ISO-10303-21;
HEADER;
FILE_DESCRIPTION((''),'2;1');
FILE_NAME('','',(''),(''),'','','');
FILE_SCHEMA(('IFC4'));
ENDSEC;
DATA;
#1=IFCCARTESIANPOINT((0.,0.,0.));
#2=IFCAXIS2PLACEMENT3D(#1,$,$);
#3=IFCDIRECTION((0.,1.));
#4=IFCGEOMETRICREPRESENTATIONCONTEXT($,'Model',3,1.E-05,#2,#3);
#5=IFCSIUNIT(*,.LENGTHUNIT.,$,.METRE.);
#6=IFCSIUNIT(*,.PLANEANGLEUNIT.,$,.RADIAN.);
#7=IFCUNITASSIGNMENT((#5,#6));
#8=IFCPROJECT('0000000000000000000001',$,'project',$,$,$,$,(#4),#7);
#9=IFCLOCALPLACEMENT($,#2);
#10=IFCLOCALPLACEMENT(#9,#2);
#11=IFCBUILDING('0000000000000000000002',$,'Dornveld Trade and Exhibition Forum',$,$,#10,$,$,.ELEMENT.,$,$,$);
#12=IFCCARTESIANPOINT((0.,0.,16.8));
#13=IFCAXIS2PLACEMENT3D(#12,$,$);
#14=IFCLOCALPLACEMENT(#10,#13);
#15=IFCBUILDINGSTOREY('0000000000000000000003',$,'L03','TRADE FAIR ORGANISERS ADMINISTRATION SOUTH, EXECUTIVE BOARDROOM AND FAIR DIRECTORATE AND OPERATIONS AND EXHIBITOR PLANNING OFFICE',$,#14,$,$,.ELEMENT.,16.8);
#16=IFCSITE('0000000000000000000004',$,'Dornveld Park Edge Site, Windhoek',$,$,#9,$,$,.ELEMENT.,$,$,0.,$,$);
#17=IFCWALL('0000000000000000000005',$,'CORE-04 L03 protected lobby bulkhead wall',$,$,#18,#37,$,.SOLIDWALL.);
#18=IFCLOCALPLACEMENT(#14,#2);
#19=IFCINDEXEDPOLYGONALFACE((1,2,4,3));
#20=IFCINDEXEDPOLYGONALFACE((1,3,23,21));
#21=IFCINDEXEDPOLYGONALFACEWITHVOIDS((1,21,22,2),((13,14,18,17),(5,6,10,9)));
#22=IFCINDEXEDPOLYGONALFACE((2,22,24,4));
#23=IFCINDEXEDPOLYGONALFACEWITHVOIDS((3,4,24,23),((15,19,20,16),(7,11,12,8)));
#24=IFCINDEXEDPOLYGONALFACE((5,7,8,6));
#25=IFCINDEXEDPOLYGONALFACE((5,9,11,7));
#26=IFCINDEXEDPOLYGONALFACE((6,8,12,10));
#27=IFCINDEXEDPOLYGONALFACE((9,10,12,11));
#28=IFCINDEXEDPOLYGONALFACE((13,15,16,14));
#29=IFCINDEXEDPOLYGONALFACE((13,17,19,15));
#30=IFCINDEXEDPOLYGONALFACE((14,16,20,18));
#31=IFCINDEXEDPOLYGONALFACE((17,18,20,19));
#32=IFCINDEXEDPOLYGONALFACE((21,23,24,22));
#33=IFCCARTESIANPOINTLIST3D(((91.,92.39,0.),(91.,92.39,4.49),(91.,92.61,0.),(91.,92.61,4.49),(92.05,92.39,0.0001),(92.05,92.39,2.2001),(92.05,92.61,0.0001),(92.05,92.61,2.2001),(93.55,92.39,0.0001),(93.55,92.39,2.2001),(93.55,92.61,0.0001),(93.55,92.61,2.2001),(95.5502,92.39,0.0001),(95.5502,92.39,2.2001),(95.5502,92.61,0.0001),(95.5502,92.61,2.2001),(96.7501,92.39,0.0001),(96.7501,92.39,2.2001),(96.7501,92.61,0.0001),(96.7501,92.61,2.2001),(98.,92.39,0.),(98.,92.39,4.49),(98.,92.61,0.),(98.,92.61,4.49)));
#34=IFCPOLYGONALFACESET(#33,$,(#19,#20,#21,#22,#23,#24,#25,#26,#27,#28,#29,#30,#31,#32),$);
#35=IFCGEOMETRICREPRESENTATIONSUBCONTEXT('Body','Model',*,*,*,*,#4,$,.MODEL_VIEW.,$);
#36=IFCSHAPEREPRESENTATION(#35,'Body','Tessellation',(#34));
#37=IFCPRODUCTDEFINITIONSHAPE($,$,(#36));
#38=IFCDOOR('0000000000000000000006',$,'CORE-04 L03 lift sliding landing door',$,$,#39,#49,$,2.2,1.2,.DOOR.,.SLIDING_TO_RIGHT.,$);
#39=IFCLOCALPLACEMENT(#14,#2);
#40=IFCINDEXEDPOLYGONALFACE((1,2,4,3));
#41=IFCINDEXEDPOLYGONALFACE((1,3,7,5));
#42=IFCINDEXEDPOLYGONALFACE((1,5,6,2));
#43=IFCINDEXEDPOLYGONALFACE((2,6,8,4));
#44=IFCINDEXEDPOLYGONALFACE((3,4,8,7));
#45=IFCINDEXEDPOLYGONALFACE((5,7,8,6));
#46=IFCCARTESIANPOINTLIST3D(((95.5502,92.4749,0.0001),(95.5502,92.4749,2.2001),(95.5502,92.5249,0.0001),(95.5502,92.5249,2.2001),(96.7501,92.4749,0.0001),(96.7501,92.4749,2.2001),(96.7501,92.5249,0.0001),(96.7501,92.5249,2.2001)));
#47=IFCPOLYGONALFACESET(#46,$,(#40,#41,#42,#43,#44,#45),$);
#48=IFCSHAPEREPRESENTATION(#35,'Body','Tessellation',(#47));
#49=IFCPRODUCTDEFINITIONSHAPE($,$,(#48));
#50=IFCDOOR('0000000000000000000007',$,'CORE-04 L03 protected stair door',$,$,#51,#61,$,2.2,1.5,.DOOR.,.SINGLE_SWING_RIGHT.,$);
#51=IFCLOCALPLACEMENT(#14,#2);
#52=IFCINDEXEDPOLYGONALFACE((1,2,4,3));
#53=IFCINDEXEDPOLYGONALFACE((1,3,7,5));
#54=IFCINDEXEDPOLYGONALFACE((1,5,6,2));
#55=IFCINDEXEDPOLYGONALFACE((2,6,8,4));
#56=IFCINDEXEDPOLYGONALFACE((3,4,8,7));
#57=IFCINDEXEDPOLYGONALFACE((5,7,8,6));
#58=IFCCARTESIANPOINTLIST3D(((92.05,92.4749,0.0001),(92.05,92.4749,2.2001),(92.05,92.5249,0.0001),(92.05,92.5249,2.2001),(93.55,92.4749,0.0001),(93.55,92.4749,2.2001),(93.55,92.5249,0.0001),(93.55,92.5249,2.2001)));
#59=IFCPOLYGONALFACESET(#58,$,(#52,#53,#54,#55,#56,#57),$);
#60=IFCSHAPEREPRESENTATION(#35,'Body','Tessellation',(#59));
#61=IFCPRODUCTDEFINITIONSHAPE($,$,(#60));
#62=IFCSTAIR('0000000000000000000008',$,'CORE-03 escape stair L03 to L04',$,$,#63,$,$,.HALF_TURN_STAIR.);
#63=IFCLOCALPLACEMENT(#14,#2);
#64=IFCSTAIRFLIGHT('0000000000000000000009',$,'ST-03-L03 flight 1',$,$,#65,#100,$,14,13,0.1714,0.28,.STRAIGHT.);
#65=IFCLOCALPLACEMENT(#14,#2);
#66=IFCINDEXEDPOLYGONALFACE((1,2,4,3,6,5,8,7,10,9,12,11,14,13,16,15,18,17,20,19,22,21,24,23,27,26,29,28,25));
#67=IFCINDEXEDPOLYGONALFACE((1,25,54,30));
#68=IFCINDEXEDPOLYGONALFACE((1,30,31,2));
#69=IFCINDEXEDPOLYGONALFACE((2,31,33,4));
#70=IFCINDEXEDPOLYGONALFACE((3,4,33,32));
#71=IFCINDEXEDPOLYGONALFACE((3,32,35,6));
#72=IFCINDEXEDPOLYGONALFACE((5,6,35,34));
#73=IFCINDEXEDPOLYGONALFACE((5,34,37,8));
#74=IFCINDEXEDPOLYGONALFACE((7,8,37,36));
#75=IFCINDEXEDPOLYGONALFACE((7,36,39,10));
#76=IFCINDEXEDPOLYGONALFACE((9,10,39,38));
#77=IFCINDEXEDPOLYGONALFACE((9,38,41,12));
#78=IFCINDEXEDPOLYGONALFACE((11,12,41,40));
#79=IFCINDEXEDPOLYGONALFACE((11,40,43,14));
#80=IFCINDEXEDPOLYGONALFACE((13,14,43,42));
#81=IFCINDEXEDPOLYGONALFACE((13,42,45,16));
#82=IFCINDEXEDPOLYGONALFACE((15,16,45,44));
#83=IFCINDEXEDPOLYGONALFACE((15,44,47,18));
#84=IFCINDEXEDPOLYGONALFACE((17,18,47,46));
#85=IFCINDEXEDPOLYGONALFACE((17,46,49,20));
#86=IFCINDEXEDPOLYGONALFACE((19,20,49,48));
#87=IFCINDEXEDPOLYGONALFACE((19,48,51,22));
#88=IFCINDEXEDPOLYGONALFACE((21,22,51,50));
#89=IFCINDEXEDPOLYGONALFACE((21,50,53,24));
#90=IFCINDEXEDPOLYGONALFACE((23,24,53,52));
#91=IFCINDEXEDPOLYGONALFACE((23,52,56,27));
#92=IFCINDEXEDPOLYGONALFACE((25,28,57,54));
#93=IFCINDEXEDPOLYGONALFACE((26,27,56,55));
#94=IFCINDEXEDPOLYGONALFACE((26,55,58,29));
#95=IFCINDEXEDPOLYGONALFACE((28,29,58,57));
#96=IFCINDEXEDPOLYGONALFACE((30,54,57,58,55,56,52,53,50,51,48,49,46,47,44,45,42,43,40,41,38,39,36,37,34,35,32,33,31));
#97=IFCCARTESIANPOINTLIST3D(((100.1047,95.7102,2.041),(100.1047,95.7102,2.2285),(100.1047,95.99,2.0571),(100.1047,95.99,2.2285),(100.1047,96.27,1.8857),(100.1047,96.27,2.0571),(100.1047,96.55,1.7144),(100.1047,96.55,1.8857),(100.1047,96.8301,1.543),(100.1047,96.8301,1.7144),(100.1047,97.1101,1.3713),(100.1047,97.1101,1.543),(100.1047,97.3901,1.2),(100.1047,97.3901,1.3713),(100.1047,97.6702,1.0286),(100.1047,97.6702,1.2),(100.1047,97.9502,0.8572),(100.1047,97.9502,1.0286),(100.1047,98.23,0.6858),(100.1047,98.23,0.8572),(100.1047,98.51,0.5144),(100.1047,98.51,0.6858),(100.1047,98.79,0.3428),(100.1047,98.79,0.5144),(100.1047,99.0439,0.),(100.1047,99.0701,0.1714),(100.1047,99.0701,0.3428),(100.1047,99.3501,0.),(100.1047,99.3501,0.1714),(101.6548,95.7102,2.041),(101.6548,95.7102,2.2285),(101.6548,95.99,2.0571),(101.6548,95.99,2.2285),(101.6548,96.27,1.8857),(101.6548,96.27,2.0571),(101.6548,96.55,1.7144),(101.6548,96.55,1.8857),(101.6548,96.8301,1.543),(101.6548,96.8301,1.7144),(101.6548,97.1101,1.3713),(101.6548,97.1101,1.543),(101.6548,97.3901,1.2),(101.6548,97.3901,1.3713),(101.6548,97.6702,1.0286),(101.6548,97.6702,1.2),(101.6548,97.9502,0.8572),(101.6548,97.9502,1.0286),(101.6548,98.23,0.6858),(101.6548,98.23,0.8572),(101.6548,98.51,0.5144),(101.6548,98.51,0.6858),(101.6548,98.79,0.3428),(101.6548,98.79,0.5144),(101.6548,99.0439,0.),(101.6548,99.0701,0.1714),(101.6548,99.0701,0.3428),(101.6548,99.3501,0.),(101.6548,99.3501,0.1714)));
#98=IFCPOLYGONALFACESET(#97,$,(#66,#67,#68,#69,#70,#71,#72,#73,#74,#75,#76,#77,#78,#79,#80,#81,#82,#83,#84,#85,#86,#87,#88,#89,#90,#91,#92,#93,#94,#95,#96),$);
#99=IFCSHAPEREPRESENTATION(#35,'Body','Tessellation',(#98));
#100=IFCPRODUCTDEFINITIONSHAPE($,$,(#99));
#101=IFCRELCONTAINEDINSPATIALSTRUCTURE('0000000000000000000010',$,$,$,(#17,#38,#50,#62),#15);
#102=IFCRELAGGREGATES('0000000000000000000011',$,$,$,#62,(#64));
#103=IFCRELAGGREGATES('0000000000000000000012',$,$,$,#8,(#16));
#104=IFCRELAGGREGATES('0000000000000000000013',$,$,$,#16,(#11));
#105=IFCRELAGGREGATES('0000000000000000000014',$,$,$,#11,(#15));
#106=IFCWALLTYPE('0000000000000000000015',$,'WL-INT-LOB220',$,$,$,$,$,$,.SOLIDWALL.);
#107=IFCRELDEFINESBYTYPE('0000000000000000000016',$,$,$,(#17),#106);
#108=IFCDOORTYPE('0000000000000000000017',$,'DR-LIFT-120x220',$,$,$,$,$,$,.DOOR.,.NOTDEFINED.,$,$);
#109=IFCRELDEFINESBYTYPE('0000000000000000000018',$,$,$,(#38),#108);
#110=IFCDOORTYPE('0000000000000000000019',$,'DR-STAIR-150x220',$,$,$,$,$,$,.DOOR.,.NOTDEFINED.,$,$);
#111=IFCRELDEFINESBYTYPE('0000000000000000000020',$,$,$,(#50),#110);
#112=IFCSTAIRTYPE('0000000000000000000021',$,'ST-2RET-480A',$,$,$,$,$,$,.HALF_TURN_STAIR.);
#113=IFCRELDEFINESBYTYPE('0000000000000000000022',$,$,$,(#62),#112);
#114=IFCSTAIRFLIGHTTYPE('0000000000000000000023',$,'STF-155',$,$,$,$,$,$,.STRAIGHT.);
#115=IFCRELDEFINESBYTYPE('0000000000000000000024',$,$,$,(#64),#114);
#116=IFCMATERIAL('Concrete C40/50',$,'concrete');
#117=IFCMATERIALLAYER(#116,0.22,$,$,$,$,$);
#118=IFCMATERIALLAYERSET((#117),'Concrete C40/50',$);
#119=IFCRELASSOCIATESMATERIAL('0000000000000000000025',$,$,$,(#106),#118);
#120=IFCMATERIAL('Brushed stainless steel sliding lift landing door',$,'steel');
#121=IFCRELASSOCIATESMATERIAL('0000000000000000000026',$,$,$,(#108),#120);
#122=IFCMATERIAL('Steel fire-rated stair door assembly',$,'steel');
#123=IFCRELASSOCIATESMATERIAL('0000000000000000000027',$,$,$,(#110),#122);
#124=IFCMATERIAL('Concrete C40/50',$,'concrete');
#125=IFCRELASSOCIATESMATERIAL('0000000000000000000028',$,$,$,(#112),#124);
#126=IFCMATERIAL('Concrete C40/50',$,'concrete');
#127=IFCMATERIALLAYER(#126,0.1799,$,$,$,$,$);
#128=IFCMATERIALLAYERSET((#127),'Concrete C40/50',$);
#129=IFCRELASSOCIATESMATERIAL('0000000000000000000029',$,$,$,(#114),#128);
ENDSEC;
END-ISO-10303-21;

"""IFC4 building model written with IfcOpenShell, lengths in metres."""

from ifc_helpers import new_model, si_unit, direction, frame, frame_2d, origin, place, context, subcontext, project, spatial, polyline, rectangle, outline, extrude, material, layer, layer_set, type_object, element, fill, aggregate, save


model = new_model("IFC4")

# Units and contexts
model_context = context("Model", 3, precision=1e-05, world=origin(), true_north=direction((0.0, 1.0)))
body_context = subcontext(model_context, "Body", "Model", "MODEL_VIEW")
ifc_project = project(units=[si_unit("LENGTHUNIT", "METRE"), si_unit("PLANEANGLEUNIT", "RADIAN")], contexts=[model_context])

# Site, building, storey
site_placement = place(None, origin())
site = spatial("IfcSite", under=ifc_project, at=site_placement, Name="Dornveld Park Edge Site, Windhoek", CompositionType="ELEMENT", RefElevation=0.0)
building_placement = place(site_placement, origin())
building = spatial("IfcBuilding", under=site, at=building_placement, Name="Dornveld Trade and Exhibition Forum", CompositionType="ELEMENT")
storey_placement = place(building_placement, frame((0.0, 0.0, 16.8)))
storey = spatial("IfcBuildingStorey", under=building, at=storey_placement, Name="L03", Description="TRADE FAIR ORGANISERS ADMINISTRATION SOUTH, EXECUTIVE BOARDROOM AND FAIR DIRECTORATE AND OPERATIONS AND EXHIBITOR PLANNING OFFICE", CompositionType="ELEMENT", Elevation=16.8)

# Wall, openings, doors
ifc_material_1 = material(Name="Concrete C40/50", Category="concrete")
ifc_layer_1 = layer(ifc_material_1, 0.22)
ifc_layer_set_1 = layer_set([ifc_layer_1], Name="Concrete C40/50")
wall_type_1 = type_object("IfcWallType", Name="WL-INT-LOB220", PredefinedType="SOLIDWALL", material=ifc_layer_set_1)
ifc_material_2 = material(Name="Brushed stainless steel sliding lift landing door", Category="steel")
door_type_1 = type_object("IfcDoorType", Name="DR-LIFT-120x220", OperationType="NOTDEFINED", PredefinedType="DOOR", material=ifc_material_2)
wall_1_placement = place(storey_placement, frame((91.0, 92.5, 0.0), z_axis=(0.0, 0.0, 1.0), x_axis=(1.0, 0.0, 0.0)))
wall_1 = element("IfcWall", 1, at=wall_1_placement, inside=storey, type_object=wall_type_1, Name="CORE-04 L03 protected lobby bulkhead wall", PredefinedType="SOLIDWALL", context=body_context, shape_type="SweptSolid", body=[
    extrude(rectangle(XDim=7.0, YDim=0.22, at=frame_2d((3.5, 0.0))), origin(), (0.0, 0.0, 1.0), 4.49),
])
opening_1_placement = place(wall_1_placement, frame((1.05, 0.0, 0.0)))
opening_1 = element("IfcOpeningElement", 2, at=opening_1_placement, cuts=wall_1, PredefinedType="OPENING", context=body_context, shape_type="SweptSolid", body=[
    extrude(rectangle(XDim=1.5, YDim=2.2, at=frame_2d((0.75, 1.1001))), frame((0.0, 0.1199, 0.0), z_axis=(0.0, -1.0, 0.0), x_axis=(1.0, 0.0, 0.0)), (0.0, 0.0, 1.0), 0.24),
])
opening_2_placement = place(wall_1_placement, frame((4.55, 0.0, 0.0)))
opening_2 = element("IfcOpeningElement", 3, at=opening_2_placement, cuts=wall_1, PredefinedType="OPENING", context=body_context, shape_type="SweptSolid", body=[
    extrude(rectangle(XDim=1.2, YDim=2.2, at=frame_2d((0.6001, 1.1001))), frame((0.0, 0.1199, 0.0), z_axis=(0.0, -1.0, 0.0), x_axis=(1.0, 0.0, 0.0)), (0.0, 0.0, 1.0), 0.24),
])
door_1_placement = place(opening_2_placement, origin())
door_1 = element("IfcDoor", 4, at=door_1_placement, inside=storey, type_object=door_type_1, Name="CORE-04 L03 lift sliding landing door", OperationType="SLIDING_TO_RIGHT", OverallHeight=2.2, OverallWidth=1.2, PredefinedType="DOOR", context=body_context, shape_type="SweptSolid", body=[
    extrude(rectangle(XDim=1.2, YDim=2.2, at=frame_2d((0.6001, 1.1001))), frame((0.0, 0.0249, 0.0), z_axis=(0.0, -1.0, 0.0), x_axis=(1.0, 0.0, 0.0)), (0.0, 0.0, 1.0), 0.05),
])
fill(opening_2, door_1)
ifc_material_3 = material(Name="Steel fire-rated stair door assembly", Category="steel")
door_type_2 = type_object("IfcDoorType", Name="DR-STAIR-150x220", OperationType="NOTDEFINED", PredefinedType="DOOR", material=ifc_material_3)
door_2_placement = place(opening_1_placement, origin())
door_2 = element("IfcDoor", 5, at=door_2_placement, inside=storey, type_object=door_type_2, Name="CORE-04 L03 protected stair door", OperationType="SINGLE_SWING_RIGHT", OverallHeight=2.2, OverallWidth=1.5, PredefinedType="DOOR", context=body_context, shape_type="SweptSolid", body=[
    extrude(rectangle(XDim=1.5, YDim=2.2, at=frame_2d((0.75, 1.1001))), frame((0.0, 0.0249, 0.0), z_axis=(0.0, -1.0, 0.0), x_axis=(1.0, 0.0, 0.0)), (0.0, 0.0, 1.0), 0.05),
])
fill(opening_1, door_2)

# Stair, stair flight
ifc_material_4 = material(Name="Concrete C40/50", Category="concrete")
stair_type = type_object("IfcStairType", Name="ST-2RET-480A", PredefinedType="HALF_TURN_STAIR", material=ifc_material_4)
stair_placement = place(storey_placement, origin())
stair = element("IfcStair", 6, at=stair_placement, inside=storey, type_object=stair_type, Name="CORE-03 escape stair L03 to L04", PredefinedType="HALF_TURN_STAIR")
ifc_material_5 = material(Name="Concrete C40/50", Category="concrete")
ifc_layer_2 = layer(ifc_material_5, 0.1799)
ifc_layer_set_2 = layer_set([ifc_layer_2], Name="Concrete C40/50")
stair_flight_type = type_object("IfcStairFlightType", Name="STF-155", PredefinedType="STRAIGHT", material=ifc_layer_set_2)
stair_flight_placement = place(storey_placement, frame((100.8799, 99.3501, 0.0), z_axis=(0.0, 0.0, 1.0), x_axis=(0.0, -1.0, 0.0)))
stair_flight = element("IfcStairFlight", 7, at=stair_flight_placement, type_object=stair_flight_type, Name="ST-03-L03 flight 1", NumberOfRisers=14, NumberOfTreads=13, PredefinedType="STRAIGHT", RiserHeight=0.1714, TreadLength=0.28, context=body_context, shape_type="SweptSolid", body=[
    extrude(outline(polyline([(0.0, 0.0), (0.0, 0.1714), (0.28, 0.1714), (0.28, 0.3428), (0.5601, 0.3428), (0.5601, 0.5144), (0.8401, 0.5144), (0.8401, 0.6858), (1.1201, 0.6858), (1.1201, 0.8572), (1.3999, 0.8572), (1.3999, 1.0286), (1.6799, 1.0286), (1.6799, 1.2), (1.96, 1.2), (1.96, 1.3713), (2.24, 1.3713), (2.24, 1.543), (2.52, 1.543), (2.52, 1.7144), (2.8, 1.7144), (2.8, 1.8857), (3.0801, 1.8857), (3.0801, 2.0571), (3.3601, 2.0571), (3.3601, 2.2285), (3.6399, 2.2285), (3.6399, 2.3999), (3.6399, 2.041), (0.3062, 0.0), (0.0, 0.0)])), frame((0.0, 0.7749, 0.0), z_axis=(0.0, -1.0, 0.0), x_axis=(1.0, 0.0, 0.0)), (0.0, 0.0, 1.0), 1.55),
])
aggregate(stair, [stair_flight])

save(model, "model.ifc")
